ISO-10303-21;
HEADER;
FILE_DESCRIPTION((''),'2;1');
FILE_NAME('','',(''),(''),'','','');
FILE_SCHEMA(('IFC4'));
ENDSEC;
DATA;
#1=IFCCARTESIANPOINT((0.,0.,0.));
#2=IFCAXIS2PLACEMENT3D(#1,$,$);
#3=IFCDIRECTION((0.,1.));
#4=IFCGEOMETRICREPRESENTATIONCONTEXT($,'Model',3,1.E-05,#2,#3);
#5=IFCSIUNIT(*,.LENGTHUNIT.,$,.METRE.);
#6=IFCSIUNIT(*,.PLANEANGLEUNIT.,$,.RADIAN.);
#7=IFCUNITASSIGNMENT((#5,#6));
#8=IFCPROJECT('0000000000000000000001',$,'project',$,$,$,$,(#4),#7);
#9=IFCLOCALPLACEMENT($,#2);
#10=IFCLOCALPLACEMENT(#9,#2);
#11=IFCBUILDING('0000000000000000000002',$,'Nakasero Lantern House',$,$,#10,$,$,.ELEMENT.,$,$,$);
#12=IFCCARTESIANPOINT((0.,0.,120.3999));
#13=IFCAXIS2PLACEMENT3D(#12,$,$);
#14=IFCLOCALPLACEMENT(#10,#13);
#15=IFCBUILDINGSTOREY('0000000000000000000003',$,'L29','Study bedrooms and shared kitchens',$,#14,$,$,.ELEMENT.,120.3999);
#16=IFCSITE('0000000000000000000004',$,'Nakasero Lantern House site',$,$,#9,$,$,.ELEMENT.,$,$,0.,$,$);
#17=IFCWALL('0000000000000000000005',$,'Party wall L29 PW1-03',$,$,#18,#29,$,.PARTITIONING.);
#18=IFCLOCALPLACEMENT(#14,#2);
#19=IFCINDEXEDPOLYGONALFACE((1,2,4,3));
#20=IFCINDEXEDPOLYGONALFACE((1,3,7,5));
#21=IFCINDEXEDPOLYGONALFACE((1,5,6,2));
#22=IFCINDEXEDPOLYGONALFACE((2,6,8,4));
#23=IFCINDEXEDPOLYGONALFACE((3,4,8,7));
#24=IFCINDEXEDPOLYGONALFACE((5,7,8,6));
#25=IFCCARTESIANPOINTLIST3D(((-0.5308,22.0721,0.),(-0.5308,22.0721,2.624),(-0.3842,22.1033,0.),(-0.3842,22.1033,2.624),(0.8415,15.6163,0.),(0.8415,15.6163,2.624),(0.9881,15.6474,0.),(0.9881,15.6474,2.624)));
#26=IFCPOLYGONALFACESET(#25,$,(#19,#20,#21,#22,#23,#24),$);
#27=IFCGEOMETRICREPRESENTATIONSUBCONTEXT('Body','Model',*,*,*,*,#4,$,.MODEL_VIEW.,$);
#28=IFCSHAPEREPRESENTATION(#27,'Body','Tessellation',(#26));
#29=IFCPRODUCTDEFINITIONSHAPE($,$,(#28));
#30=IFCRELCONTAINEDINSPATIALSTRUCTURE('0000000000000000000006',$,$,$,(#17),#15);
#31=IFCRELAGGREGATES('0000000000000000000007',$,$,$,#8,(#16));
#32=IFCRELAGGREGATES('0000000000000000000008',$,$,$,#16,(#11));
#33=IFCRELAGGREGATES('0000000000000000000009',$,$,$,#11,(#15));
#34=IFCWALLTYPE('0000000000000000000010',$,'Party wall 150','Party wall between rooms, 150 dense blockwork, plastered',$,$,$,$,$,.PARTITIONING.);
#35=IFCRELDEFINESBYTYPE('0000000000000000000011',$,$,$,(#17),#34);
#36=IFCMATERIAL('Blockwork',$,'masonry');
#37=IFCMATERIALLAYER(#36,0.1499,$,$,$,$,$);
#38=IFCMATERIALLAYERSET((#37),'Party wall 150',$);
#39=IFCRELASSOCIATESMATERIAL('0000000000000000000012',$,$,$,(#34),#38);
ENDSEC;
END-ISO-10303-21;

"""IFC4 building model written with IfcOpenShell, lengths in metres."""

from ifc_helpers import new_model, si_unit, direction, frame, frame_2d, origin, place, context, subcontext, project, spatial, rectangle, extrude, material, layer, layer_set, type_object, element, save


model = new_model("IFC4")

# Units and contexts
model_context = context("Model", 3, precision=1e-05, world=origin(), true_north=direction((0.0, 1.0)))
body_context = subcontext(model_context, "Body", "Model", "MODEL_VIEW")
ifc_project = project(units=[si_unit("LENGTHUNIT", "METRE"), si_unit("PLANEANGLEUNIT", "RADIAN")], contexts=[model_context])

# Site, building, storey
site_placement = place(None, origin())
site = spatial("IfcSite", under=ifc_project, at=site_placement, Name="Nakasero Lantern House site", CompositionType="ELEMENT", RefElevation=0.0)
building_placement = place(site_placement, origin())
building = spatial("IfcBuilding", under=site, at=building_placement, Name="Nakasero Lantern House", CompositionType="ELEMENT")
storey_placement = place(building_placement, frame((0.0, 0.0, 120.3999)))
storey = spatial("IfcBuildingStorey", under=building, at=storey_placement, Name="L29", Description="Study bedrooms and shared kitchens", CompositionType="ELEMENT", Elevation=120.3999)

# Wall
ifc_material_1 = material(Name="Blockwork", Category="masonry")
ifc_layer_1 = layer(ifc_material_1, 0.1499)
ifc_layer_set_1 = layer_set([ifc_layer_1], Name="Party wall 150")
wall_type_1 = type_object("IfcWallType", Name="Party wall 150", Description="Party wall between rooms, 150 dense blockwork, plastered", PredefinedType="PARTITIONING", material=ifc_layer_set_1)
wall_1_placement = place(storey_placement, frame((0.9148, 15.6318, 0.0), z_axis=(0.0, 0.0, 1.0), x_axis=(-0.207925, 0.978145, 0.0)))
element("IfcWall", 1, at=wall_1_placement, inside=storey, type_object=wall_type_1, Name="Party wall L29 PW1-03", PredefinedType="PARTITIONING", context=body_context, shape_type="SweptSolid", body=[
    extrude(rectangle(XDim=6.6001, YDim=0.1499, at=frame_2d((3.3, 0.0))), origin(), (0.0, 0.0, 1.0), 2.624),
])

save(model, "model.ifc")
